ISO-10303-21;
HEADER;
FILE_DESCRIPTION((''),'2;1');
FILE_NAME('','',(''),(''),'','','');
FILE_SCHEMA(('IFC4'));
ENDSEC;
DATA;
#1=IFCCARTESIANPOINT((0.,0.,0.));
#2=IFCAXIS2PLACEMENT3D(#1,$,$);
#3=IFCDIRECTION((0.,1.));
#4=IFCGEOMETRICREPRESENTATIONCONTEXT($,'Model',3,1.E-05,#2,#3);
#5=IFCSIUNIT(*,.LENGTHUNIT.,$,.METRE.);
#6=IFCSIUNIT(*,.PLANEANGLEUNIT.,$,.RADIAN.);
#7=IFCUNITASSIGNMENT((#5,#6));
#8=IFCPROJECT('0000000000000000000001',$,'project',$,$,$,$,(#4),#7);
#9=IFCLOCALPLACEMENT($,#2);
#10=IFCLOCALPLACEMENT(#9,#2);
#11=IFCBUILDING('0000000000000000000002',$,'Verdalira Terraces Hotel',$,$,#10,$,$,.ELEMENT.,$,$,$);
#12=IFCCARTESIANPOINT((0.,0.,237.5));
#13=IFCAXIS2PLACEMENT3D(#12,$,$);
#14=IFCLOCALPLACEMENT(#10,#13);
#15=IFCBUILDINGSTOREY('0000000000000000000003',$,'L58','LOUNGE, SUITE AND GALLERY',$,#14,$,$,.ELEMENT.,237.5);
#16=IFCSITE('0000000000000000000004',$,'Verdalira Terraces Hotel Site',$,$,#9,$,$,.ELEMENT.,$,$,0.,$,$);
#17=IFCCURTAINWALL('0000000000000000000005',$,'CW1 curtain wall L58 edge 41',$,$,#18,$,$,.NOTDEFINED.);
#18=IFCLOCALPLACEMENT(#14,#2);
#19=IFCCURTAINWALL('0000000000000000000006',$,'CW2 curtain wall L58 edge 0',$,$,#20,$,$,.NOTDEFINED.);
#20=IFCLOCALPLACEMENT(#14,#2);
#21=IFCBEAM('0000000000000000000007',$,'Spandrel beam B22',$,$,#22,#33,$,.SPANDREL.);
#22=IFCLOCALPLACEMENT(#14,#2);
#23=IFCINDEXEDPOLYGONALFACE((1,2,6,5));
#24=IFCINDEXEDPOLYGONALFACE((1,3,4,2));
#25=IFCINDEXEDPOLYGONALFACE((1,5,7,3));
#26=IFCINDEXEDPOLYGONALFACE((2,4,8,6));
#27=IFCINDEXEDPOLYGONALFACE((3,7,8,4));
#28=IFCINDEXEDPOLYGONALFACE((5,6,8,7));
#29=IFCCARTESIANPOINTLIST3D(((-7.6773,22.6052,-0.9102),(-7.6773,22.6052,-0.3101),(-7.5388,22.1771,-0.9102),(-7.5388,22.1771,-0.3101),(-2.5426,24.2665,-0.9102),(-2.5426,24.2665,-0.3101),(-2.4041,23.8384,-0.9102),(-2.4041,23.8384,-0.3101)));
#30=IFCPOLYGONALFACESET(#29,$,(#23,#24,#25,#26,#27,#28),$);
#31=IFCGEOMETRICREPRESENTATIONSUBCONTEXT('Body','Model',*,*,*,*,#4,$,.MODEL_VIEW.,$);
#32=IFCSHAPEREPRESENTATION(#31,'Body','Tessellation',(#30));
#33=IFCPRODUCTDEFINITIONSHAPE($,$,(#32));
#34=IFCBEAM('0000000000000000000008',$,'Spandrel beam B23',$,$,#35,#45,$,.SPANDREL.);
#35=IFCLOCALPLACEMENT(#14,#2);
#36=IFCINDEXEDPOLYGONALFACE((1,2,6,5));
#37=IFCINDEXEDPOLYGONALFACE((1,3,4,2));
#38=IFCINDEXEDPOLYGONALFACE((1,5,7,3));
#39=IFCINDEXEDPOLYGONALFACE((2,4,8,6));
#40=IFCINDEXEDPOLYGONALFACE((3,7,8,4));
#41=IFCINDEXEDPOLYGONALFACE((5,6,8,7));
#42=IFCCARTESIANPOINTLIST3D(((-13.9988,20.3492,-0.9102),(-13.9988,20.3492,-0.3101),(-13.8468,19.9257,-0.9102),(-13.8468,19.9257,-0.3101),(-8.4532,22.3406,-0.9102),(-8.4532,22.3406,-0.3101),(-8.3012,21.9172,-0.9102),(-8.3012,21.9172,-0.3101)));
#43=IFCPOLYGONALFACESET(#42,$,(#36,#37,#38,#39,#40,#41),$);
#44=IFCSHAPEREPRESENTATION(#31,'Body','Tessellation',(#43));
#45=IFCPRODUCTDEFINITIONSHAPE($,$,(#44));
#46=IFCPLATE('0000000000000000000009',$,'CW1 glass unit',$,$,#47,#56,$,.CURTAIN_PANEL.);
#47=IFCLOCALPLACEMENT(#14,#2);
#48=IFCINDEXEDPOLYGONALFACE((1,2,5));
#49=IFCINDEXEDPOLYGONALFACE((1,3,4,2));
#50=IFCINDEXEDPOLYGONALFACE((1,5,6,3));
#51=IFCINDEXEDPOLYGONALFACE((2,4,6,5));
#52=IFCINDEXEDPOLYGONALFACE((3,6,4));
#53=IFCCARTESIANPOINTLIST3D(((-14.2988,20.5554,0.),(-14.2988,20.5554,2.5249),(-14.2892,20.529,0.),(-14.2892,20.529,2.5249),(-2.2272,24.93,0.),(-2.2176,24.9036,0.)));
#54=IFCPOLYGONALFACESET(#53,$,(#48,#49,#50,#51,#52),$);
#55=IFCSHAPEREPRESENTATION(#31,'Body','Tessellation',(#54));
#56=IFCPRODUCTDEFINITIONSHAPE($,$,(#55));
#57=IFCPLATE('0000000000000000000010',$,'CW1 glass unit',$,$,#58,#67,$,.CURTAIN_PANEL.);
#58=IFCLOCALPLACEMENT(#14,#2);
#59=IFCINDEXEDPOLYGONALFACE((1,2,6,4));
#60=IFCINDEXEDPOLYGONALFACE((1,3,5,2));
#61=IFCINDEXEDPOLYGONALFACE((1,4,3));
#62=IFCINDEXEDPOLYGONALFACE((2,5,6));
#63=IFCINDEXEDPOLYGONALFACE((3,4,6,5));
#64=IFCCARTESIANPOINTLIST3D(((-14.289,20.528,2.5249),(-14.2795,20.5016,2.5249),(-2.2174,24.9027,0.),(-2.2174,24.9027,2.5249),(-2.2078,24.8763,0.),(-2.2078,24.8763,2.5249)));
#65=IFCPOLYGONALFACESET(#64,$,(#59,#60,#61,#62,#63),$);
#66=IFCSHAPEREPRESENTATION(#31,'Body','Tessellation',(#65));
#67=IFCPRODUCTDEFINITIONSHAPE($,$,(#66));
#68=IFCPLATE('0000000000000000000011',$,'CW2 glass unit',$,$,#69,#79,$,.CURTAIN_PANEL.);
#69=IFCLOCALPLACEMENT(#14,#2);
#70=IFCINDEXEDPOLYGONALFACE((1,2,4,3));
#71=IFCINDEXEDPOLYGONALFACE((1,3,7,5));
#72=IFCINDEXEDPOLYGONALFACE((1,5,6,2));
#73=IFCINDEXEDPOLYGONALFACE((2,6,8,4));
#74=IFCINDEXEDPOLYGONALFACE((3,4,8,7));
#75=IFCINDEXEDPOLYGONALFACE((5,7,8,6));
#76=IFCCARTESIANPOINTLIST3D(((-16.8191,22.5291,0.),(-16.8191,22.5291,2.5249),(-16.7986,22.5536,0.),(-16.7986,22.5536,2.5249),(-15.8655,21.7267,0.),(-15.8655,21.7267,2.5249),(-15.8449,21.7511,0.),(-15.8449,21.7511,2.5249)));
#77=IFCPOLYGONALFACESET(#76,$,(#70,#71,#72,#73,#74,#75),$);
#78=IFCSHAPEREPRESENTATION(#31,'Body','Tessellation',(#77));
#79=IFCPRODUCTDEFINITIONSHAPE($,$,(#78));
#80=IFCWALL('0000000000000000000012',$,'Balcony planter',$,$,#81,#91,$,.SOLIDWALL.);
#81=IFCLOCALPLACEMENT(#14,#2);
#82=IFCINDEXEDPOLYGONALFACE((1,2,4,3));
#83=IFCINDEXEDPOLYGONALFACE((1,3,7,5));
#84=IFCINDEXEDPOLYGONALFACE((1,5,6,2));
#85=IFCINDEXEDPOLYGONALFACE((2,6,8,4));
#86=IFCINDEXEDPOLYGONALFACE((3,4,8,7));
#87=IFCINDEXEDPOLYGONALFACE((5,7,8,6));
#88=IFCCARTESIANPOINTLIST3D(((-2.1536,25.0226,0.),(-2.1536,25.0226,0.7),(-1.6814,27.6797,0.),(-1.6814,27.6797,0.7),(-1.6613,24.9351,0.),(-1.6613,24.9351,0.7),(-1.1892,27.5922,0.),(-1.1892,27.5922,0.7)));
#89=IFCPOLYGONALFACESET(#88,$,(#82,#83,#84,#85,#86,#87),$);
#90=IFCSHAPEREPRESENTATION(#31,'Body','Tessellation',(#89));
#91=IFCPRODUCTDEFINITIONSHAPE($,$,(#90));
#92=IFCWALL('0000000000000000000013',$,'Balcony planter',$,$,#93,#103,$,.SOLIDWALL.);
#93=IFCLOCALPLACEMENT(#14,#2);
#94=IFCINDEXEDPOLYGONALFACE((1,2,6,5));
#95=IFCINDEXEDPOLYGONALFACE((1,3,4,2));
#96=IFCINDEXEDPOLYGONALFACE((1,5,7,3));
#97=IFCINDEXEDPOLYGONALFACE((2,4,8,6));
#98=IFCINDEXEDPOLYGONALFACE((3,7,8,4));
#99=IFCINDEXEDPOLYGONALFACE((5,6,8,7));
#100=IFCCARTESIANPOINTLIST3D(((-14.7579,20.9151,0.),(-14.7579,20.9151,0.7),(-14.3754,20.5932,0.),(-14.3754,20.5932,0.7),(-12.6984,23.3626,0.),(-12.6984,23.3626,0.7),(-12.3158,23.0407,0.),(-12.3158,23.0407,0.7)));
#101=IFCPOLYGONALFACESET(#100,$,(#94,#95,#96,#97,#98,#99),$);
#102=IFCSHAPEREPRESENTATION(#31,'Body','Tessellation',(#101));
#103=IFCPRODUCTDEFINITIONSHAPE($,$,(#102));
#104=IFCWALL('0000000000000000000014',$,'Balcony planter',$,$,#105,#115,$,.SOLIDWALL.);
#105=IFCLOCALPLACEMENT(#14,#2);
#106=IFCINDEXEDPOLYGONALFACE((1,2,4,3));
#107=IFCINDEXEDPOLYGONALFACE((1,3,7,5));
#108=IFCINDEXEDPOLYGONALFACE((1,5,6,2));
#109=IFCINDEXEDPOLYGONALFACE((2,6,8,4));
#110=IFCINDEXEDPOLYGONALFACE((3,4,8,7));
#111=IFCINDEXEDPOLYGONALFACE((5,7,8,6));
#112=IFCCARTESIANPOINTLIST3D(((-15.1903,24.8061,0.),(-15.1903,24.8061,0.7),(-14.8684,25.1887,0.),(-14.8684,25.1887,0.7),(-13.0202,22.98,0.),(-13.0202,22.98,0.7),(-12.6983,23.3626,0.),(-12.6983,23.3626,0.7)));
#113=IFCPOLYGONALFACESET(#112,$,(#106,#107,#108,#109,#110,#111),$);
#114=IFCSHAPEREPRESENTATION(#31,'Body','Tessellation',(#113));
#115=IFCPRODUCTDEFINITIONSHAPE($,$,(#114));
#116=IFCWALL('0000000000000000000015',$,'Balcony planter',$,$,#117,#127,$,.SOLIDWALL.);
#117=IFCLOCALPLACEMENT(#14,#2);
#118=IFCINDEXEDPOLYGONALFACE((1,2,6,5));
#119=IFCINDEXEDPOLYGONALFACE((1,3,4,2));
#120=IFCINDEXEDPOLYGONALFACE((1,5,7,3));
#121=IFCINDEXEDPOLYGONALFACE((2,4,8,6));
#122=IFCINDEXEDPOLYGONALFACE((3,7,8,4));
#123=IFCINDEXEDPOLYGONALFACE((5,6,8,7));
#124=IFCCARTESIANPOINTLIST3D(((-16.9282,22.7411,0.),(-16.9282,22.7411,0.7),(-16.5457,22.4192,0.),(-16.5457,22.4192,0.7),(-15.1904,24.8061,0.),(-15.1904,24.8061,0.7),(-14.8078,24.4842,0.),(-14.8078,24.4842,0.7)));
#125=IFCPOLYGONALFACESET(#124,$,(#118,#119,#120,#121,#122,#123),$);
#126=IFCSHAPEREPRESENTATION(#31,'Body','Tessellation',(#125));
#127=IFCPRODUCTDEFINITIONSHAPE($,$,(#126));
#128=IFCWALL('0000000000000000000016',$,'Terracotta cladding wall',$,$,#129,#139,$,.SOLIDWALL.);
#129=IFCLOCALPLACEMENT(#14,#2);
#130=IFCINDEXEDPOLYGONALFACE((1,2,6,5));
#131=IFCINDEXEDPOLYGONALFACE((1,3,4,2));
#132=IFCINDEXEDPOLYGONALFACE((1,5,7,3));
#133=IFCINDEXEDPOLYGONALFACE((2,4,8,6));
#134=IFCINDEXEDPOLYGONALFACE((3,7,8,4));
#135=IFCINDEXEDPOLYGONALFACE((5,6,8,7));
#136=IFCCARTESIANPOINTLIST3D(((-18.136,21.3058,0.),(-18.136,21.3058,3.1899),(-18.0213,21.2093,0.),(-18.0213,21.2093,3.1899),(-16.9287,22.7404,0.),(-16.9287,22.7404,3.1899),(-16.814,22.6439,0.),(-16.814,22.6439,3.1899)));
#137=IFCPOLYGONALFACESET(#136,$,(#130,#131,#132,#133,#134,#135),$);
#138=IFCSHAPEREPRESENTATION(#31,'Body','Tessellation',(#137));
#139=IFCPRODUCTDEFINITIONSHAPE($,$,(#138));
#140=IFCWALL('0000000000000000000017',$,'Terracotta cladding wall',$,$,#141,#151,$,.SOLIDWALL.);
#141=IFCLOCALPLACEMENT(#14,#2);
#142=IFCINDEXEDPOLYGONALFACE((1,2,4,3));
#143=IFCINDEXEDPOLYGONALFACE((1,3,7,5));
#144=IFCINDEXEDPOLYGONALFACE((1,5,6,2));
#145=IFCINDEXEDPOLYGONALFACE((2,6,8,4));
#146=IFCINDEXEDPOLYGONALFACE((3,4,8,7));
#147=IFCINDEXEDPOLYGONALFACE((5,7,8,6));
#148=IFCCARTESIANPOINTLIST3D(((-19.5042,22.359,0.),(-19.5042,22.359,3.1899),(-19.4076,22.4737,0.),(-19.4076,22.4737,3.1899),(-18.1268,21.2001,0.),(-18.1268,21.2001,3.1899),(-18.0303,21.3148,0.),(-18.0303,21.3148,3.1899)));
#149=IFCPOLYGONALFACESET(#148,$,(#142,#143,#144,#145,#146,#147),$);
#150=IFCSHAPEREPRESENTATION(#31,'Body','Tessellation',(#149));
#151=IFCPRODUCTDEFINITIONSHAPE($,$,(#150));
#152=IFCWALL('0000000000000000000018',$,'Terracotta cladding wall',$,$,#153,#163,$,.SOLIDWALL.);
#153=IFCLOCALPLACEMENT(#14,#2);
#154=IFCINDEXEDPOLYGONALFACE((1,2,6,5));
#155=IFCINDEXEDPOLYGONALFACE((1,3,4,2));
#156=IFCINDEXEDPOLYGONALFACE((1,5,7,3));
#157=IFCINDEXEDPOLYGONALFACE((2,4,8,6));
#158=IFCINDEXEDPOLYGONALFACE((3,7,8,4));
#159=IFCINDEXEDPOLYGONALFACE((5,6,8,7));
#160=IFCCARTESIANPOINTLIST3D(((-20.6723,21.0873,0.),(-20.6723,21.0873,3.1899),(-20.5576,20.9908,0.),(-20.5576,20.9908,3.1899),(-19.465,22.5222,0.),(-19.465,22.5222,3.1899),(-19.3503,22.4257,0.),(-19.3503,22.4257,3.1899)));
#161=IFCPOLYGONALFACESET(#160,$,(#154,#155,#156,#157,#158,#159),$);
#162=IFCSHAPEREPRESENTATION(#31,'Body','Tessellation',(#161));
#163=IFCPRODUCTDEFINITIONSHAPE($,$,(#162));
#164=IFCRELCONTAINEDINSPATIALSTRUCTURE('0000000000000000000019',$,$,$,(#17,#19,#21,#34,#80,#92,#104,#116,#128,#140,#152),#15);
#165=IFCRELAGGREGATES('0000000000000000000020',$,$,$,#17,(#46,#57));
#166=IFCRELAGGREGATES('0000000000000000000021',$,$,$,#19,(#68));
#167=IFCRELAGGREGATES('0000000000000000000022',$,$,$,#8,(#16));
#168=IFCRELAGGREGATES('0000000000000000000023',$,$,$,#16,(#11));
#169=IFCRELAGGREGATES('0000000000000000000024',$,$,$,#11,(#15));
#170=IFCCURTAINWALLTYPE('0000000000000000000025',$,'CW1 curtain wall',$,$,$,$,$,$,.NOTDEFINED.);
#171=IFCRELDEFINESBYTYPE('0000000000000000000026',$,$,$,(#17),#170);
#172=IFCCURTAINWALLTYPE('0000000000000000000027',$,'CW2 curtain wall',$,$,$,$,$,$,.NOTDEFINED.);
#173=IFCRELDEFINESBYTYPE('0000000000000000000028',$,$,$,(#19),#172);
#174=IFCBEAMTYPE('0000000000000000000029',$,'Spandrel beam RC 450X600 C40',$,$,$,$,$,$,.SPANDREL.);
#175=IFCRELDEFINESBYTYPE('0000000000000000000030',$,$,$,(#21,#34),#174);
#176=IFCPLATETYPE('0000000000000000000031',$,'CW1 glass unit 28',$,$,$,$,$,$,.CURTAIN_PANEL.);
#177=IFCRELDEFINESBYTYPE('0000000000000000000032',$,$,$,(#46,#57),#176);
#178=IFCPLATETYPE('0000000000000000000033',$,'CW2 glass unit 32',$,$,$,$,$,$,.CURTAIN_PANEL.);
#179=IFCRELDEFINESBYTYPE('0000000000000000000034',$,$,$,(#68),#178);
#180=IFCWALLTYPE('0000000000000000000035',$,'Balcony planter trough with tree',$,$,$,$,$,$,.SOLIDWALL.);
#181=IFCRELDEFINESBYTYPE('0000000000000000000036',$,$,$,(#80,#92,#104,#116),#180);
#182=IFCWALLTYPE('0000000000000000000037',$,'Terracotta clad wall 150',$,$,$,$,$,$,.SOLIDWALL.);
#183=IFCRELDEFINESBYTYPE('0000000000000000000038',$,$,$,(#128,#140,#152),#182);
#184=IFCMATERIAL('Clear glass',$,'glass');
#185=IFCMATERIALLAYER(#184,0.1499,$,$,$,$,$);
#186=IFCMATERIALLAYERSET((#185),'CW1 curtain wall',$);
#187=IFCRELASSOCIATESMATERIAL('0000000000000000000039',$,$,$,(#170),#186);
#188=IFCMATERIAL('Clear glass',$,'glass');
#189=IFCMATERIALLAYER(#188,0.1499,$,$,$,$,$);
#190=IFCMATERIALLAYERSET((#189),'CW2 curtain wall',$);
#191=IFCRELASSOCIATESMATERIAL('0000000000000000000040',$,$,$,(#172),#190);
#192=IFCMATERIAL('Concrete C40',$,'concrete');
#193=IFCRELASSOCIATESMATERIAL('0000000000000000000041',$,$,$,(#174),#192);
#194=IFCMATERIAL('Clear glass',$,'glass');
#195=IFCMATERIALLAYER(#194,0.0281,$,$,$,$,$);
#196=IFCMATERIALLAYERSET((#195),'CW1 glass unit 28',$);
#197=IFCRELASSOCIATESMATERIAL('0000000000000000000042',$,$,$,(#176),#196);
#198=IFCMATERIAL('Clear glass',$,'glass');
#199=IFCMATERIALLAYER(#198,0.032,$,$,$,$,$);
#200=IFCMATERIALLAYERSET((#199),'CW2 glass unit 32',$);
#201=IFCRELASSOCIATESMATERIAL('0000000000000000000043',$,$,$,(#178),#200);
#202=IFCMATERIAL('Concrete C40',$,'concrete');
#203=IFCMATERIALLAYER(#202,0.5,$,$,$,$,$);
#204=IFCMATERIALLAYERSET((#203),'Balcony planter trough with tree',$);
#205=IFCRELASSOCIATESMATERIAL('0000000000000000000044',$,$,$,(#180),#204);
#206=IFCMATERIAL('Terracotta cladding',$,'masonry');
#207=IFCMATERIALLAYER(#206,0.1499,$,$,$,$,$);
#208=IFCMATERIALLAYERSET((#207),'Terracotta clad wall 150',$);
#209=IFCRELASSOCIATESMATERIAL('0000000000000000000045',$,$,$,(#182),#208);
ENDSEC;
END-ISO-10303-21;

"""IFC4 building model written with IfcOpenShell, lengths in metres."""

from ifc_helpers import new_model, si_unit, direction, frame, frame_2d, origin, origin_2d, place, context, subcontext, project, spatial, polyline, rectangle, outline, extrude, material, layer, layer_set, material_profile, profile_set, type_object, element, aggregate, save


model = new_model("IFC4")

# Units and contexts
model_context = context("Model", 3, precision=1e-05, world=origin(), true_north=direction((0.0, 1.0)))
body_context = subcontext(model_context, "Body", "Model", "MODEL_VIEW")
ifc_project = project(units=[si_unit("LENGTHUNIT", "METRE"), si_unit("PLANEANGLEUNIT", "RADIAN")], contexts=[model_context])

# Site, building, storey
site_placement = place(None, origin())
site = spatial("IfcSite", under=ifc_project, at=site_placement, Name="Verdalira Terraces Hotel Site", CompositionType="ELEMENT", RefElevation=0.0)
building_placement = place(site_placement, origin())
building = spatial("IfcBuilding", under=site, at=building_placement, Name="Verdalira Terraces Hotel", CompositionType="ELEMENT")
storey_placement = place(building_placement, frame((0.0, 0.0, 237.5)))
storey = spatial("IfcBuildingStorey", under=building, at=storey_placement, Name="L58", Description="LOUNGE, SUITE AND GALLERY", CompositionType="ELEMENT", Elevation=237.5)

# Shared definitions
ifc_material_1 = material(Name="Clear glass", Category="glass")
ifc_layer_1 = layer(ifc_material_1, 0.1499)
ifc_layer_set_1 = layer_set([ifc_layer_1], Name="CW1 curtain wall")
curtain_wall_type_1 = type_object("IfcCurtainWallType", Name="CW1 curtain wall", PredefinedType="NOTDEFINED", material=ifc_layer_set_1)

# Curtain walls
curtain_wall_1_placement = place(storey_placement, origin())
curtain_wall_1 = element("IfcCurtainWall", 1, at=curtain_wall_1_placement, inside=storey, type_object=curtain_wall_type_1, Name="CW1 curtain wall L58 edge 41", PredefinedType="NOTDEFINED")
ifc_material_2 = material(Name="Clear glass", Category="glass")
ifc_layer_2 = layer(ifc_material_2, 0.1499)
ifc_layer_set_2 = layer_set([ifc_layer_2], Name="CW2 curtain wall")
curtain_wall_type_2 = type_object("IfcCurtainWallType", Name="CW2 curtain wall", PredefinedType="NOTDEFINED", material=ifc_layer_set_2)
curtain_wall_2_placement = place(storey_placement, origin())
curtain_wall_2 = element("IfcCurtainWall", 2, at=curtain_wall_2_placement, inside=storey, type_object=curtain_wall_type_2, Name="CW2 curtain wall L58 edge 0", PredefinedType="NOTDEFINED")

# Beams
ifc_material_3 = material(Name="Concrete C40", Category="concrete")
ifc_material_profile_1 = material_profile(ifc_material_3, rectangle(XDim=0.45, YDim=0.6001, at=origin_2d()), Name="RC 450X600")
ifc_profile_set_1 = profile_set([ifc_material_profile_1], Name="Concrete C40")
beam_type_1 = type_object("IfcBeamType", Name="Spandrel beam RC 450X600 C40", PredefinedType="SPANDREL", material=ifc_profile_set_1)
beam_1_placement = place(storey_placement, frame((-2.4734, 24.0525, -0.6101), z_axis=(-0.951438, -0.307842, 0.0), x_axis=(0.307842, -0.951438, 0.0)))
element("IfcBeam", 3, at=beam_1_placement, inside=storey, type_object=beam_type_1, Name="Spandrel beam B22", PredefinedType="SPANDREL", context=body_context, shape_type="SweptSolid", body=[
    extrude(rectangle(XDim=0.45, YDim=0.6001, at=origin_2d()), origin(), (0.0, 0.0, 1.0), 5.3967),
])
beam_2_placement = place(storey_placement, frame((-8.3772, 22.1289, -0.6101), z_axis=(-0.941156, -0.337971, 0.0), x_axis=(0.337971, -0.941156, 0.0)))
element("IfcBeam", 4, at=beam_2_placement, inside=storey, type_object=beam_type_1, Name="Spandrel beam B23", PredefinedType="SPANDREL", context=body_context, shape_type="SweptSolid", body=[
    extrude(rectangle(XDim=0.45, YDim=0.6001, at=origin_2d()), origin(), (0.0, 0.0, 1.0), 5.8923),
])

# Plates
ifc_material_4 = material(Name="Clear glass", Category="glass")
ifc_layer_3 = layer(ifc_material_4, 0.0281)
ifc_layer_set_3 = layer_set([ifc_layer_3], Name="CW1 glass unit 28")
plate_type_1 = type_object("IfcPlateType", Name="CW1 glass unit 28", PredefinedType="CURTAIN_PANEL", material=ifc_layer_set_3)
plate_1_placement = place(storey_placement, frame((-8.2534, 22.7163, 1.2625), z_axis=(-0.340708, 0.940169, 0.0), x_axis=(-0.940169, -0.340708, 0.0)))
plate_1 = element("IfcPlate", 5, at=plate_1_placement, type_object=plate_type_1, Name="CW1 glass unit", PredefinedType="CURTAIN_PANEL", context=body_context, shape_type="SweptSolid", body=[
    extrude(outline(polyline([(-6.4199, -1.2625), (6.4199, -1.2625), (6.4199, 1.2625), (-6.4199, -1.2625)])), origin(), (0.0, 0.0, 1.0), 0.0281),
])
plate_2_placement = place(storey_placement, frame((-8.2437, 22.689, 1.2625), z_axis=(-0.340708, 0.940169, 0.0), x_axis=(-0.940169, -0.340708, 0.0)))
plate_2 = element("IfcPlate", 6, at=plate_2_placement, type_object=plate_type_1, Name="CW1 glass unit", PredefinedType="CURTAIN_PANEL", context=body_context, shape_type="SweptSolid", body=[
    extrude(outline(polyline([(-6.4199, -1.2625), (6.4199, 1.2625), (-6.4199, 1.2625), (-6.4199, -1.2625)])), origin(), (0.0, 0.0, 1.0), 0.0281),
])
aggregate(curtain_wall_1, [plate_1, plate_2])
ifc_material_5 = material(Name="Clear glass", Category="glass")
ifc_layer_4 = layer(ifc_material_5, 0.032)
ifc_layer_set_4 = layer_set([ifc_layer_4], Name="CW2 glass unit 32")
plate_type_2 = type_object("IfcPlateType", Name="CW2 glass unit 32", PredefinedType="CURTAIN_PANEL", material=ifc_layer_set_4)
plate_3_placement = place(storey_placement, frame((-16.332, 22.1401, 0.0), z_axis=(0.0, 0.0, 1.0), x_axis=(-0.765146, 0.643857, 0.0)))
plate_3 = element("IfcPlate", 7, at=plate_3_placement, type_object=plate_type_2, Name="CW2 glass unit", PredefinedType="CURTAIN_PANEL", context=body_context, shape_type="SweptSolid", body=[
    extrude(rectangle(XDim=1.2463, YDim=0.032, at=origin_2d()), origin(), (0.0, 0.0, 1.0), 2.5249),
])
aggregate(curtain_wall_2, [plate_3])

# Walls
ifc_material_6 = material(Name="Concrete C40", Category="concrete")
ifc_layer_5 = layer(ifc_material_6, 0.5)
ifc_layer_set_5 = layer_set([ifc_layer_5], Name="Balcony planter trough with tree")
wall_type_1 = type_object("IfcWallType", Name="Balcony planter trough with tree", PredefinedType="SOLIDWALL", material=ifc_layer_set_5)
wall_1_placement = place(storey_placement, frame((-1.4353, 27.636, 0.0), z_axis=(0.0, 0.0, 1.0), x_axis=(-0.174951, -0.984577, 0.0)))
element("IfcWall", 8, at=wall_1_placement, inside=storey, type_object=wall_type_1, Name="Balcony planter", PredefinedType="SOLIDWALL", context=body_context, shape_type="SweptSolid", body=[
    extrude(rectangle(XDim=2.6987, YDim=0.5, at=frame_2d((1.3494, 0.0))), origin(), (0.0, 0.0, 1.0), 0.7),
])
wall_2_placement = place(storey_placement, frame((-14.5666, 20.7541, 0.0), z_axis=(0.0, 0.0, 1.0), x_axis=(0.643863, 0.765141, 0.0)))
element("IfcWall", 9, at=wall_2_placement, inside=storey, type_object=wall_type_1, Name="Balcony planter", PredefinedType="SOLIDWALL", context=body_context, shape_type="SweptSolid", body=[
    extrude(rectangle(XDim=3.1987, YDim=0.5, at=frame_2d((1.5994, 0.0))), origin(), (0.0, 0.0, 1.0), 0.7),
])
wall_3_placement = place(storey_placement, frame((-12.8594, 23.1714, 0.0), z_axis=(0.0, 0.0, 1.0), x_axis=(-0.765143, 0.64386, 0.0)))
element("IfcWall", 10, at=wall_3_placement, inside=storey, type_object=wall_type_1, Name="Balcony planter", PredefinedType="SOLIDWALL", context=body_context, shape_type="SweptSolid", body=[
    extrude(rectangle(XDim=2.8362, YDim=0.5, at=frame_2d((1.418, 0.0))), origin(), (0.0, 0.0, 1.0), 0.7),
])
wall_4_placement = place(storey_placement, frame((-14.999, 24.6453, 0.0), z_axis=(0.0, 0.0, 1.0), x_axis=(-0.643896, -0.765113, 0.0)))
element("IfcWall", 11, at=wall_4_placement, inside=storey, type_object=wall_type_1, Name="Balcony planter", PredefinedType="SOLIDWALL", context=body_context, shape_type="SweptSolid", body=[
    extrude(rectangle(XDim=2.699, YDim=0.5, at=frame_2d((1.3496, 0.0))), origin(), (0.0, 0.0, 1.0), 0.7),
])
ifc_material_7 = material(Name="Terracotta cladding", Category="masonry")
ifc_layer_6 = layer(ifc_material_7, 0.1499)
ifc_layer_set_6 = layer_set([ifc_layer_6], Name="Terracotta clad wall 150")
wall_type_2 = type_object("IfcWallType", Name="Terracotta clad wall 150", PredefinedType="SOLIDWALL", material=ifc_layer_set_6)
wall_5_placement = place(storey_placement, frame((-16.8713, 22.6921, 0.0), z_axis=(0.0, 0.0, 1.0), x_axis=(-0.643891, -0.765117, 0.0)))
element("IfcWall", 12, at=wall_5_placement, inside=storey, type_object=wall_type_2, Name="Terracotta cladding wall", PredefinedType="SOLIDWALL", context=body_context, shape_type="SweptSolid", body=[
    extrude(rectangle(XDim=1.875, YDim=0.1499, at=frame_2d((0.9375, 0.0))), origin(), (0.0, 0.0, 1.0), 3.1899),
])
wall_6_placement = place(storey_placement, frame((-18.0786, 21.2576, 0.0), z_axis=(0.0, 0.0, 1.0), x_axis=(-0.765189, 0.643806, 0.0)))
element("IfcWall", 13, at=wall_6_placement, inside=storey, type_object=wall_type_2, Name="Terracotta cladding wall", PredefinedType="SOLIDWALL", context=body_context, shape_type="SweptSolid", body=[
    extrude(rectangle(XDim=1.8, YDim=0.1499, at=frame_2d((0.8999, 0.0))), origin(), (0.0, 0.0, 1.0), 3.1899),
])
wall_7_placement = place(storey_placement, frame((-19.4077, 22.4739, 0.0), z_axis=(0.0, 0.0, 1.0), x_axis=(-0.643827, -0.765171, 0.0)))
element("IfcWall", 14, at=wall_7_placement, inside=storey, type_object=wall_type_2, Name="Terracotta cladding wall", PredefinedType="SOLIDWALL", context=body_context, shape_type="SweptSolid", body=[
    extrude(rectangle(XDim=1.8752, YDim=0.1499, at=frame_2d((0.9375, 0.0))), origin(), (0.0, 0.0, 1.0), 3.1899),
])

save(model, "model.ifc")
